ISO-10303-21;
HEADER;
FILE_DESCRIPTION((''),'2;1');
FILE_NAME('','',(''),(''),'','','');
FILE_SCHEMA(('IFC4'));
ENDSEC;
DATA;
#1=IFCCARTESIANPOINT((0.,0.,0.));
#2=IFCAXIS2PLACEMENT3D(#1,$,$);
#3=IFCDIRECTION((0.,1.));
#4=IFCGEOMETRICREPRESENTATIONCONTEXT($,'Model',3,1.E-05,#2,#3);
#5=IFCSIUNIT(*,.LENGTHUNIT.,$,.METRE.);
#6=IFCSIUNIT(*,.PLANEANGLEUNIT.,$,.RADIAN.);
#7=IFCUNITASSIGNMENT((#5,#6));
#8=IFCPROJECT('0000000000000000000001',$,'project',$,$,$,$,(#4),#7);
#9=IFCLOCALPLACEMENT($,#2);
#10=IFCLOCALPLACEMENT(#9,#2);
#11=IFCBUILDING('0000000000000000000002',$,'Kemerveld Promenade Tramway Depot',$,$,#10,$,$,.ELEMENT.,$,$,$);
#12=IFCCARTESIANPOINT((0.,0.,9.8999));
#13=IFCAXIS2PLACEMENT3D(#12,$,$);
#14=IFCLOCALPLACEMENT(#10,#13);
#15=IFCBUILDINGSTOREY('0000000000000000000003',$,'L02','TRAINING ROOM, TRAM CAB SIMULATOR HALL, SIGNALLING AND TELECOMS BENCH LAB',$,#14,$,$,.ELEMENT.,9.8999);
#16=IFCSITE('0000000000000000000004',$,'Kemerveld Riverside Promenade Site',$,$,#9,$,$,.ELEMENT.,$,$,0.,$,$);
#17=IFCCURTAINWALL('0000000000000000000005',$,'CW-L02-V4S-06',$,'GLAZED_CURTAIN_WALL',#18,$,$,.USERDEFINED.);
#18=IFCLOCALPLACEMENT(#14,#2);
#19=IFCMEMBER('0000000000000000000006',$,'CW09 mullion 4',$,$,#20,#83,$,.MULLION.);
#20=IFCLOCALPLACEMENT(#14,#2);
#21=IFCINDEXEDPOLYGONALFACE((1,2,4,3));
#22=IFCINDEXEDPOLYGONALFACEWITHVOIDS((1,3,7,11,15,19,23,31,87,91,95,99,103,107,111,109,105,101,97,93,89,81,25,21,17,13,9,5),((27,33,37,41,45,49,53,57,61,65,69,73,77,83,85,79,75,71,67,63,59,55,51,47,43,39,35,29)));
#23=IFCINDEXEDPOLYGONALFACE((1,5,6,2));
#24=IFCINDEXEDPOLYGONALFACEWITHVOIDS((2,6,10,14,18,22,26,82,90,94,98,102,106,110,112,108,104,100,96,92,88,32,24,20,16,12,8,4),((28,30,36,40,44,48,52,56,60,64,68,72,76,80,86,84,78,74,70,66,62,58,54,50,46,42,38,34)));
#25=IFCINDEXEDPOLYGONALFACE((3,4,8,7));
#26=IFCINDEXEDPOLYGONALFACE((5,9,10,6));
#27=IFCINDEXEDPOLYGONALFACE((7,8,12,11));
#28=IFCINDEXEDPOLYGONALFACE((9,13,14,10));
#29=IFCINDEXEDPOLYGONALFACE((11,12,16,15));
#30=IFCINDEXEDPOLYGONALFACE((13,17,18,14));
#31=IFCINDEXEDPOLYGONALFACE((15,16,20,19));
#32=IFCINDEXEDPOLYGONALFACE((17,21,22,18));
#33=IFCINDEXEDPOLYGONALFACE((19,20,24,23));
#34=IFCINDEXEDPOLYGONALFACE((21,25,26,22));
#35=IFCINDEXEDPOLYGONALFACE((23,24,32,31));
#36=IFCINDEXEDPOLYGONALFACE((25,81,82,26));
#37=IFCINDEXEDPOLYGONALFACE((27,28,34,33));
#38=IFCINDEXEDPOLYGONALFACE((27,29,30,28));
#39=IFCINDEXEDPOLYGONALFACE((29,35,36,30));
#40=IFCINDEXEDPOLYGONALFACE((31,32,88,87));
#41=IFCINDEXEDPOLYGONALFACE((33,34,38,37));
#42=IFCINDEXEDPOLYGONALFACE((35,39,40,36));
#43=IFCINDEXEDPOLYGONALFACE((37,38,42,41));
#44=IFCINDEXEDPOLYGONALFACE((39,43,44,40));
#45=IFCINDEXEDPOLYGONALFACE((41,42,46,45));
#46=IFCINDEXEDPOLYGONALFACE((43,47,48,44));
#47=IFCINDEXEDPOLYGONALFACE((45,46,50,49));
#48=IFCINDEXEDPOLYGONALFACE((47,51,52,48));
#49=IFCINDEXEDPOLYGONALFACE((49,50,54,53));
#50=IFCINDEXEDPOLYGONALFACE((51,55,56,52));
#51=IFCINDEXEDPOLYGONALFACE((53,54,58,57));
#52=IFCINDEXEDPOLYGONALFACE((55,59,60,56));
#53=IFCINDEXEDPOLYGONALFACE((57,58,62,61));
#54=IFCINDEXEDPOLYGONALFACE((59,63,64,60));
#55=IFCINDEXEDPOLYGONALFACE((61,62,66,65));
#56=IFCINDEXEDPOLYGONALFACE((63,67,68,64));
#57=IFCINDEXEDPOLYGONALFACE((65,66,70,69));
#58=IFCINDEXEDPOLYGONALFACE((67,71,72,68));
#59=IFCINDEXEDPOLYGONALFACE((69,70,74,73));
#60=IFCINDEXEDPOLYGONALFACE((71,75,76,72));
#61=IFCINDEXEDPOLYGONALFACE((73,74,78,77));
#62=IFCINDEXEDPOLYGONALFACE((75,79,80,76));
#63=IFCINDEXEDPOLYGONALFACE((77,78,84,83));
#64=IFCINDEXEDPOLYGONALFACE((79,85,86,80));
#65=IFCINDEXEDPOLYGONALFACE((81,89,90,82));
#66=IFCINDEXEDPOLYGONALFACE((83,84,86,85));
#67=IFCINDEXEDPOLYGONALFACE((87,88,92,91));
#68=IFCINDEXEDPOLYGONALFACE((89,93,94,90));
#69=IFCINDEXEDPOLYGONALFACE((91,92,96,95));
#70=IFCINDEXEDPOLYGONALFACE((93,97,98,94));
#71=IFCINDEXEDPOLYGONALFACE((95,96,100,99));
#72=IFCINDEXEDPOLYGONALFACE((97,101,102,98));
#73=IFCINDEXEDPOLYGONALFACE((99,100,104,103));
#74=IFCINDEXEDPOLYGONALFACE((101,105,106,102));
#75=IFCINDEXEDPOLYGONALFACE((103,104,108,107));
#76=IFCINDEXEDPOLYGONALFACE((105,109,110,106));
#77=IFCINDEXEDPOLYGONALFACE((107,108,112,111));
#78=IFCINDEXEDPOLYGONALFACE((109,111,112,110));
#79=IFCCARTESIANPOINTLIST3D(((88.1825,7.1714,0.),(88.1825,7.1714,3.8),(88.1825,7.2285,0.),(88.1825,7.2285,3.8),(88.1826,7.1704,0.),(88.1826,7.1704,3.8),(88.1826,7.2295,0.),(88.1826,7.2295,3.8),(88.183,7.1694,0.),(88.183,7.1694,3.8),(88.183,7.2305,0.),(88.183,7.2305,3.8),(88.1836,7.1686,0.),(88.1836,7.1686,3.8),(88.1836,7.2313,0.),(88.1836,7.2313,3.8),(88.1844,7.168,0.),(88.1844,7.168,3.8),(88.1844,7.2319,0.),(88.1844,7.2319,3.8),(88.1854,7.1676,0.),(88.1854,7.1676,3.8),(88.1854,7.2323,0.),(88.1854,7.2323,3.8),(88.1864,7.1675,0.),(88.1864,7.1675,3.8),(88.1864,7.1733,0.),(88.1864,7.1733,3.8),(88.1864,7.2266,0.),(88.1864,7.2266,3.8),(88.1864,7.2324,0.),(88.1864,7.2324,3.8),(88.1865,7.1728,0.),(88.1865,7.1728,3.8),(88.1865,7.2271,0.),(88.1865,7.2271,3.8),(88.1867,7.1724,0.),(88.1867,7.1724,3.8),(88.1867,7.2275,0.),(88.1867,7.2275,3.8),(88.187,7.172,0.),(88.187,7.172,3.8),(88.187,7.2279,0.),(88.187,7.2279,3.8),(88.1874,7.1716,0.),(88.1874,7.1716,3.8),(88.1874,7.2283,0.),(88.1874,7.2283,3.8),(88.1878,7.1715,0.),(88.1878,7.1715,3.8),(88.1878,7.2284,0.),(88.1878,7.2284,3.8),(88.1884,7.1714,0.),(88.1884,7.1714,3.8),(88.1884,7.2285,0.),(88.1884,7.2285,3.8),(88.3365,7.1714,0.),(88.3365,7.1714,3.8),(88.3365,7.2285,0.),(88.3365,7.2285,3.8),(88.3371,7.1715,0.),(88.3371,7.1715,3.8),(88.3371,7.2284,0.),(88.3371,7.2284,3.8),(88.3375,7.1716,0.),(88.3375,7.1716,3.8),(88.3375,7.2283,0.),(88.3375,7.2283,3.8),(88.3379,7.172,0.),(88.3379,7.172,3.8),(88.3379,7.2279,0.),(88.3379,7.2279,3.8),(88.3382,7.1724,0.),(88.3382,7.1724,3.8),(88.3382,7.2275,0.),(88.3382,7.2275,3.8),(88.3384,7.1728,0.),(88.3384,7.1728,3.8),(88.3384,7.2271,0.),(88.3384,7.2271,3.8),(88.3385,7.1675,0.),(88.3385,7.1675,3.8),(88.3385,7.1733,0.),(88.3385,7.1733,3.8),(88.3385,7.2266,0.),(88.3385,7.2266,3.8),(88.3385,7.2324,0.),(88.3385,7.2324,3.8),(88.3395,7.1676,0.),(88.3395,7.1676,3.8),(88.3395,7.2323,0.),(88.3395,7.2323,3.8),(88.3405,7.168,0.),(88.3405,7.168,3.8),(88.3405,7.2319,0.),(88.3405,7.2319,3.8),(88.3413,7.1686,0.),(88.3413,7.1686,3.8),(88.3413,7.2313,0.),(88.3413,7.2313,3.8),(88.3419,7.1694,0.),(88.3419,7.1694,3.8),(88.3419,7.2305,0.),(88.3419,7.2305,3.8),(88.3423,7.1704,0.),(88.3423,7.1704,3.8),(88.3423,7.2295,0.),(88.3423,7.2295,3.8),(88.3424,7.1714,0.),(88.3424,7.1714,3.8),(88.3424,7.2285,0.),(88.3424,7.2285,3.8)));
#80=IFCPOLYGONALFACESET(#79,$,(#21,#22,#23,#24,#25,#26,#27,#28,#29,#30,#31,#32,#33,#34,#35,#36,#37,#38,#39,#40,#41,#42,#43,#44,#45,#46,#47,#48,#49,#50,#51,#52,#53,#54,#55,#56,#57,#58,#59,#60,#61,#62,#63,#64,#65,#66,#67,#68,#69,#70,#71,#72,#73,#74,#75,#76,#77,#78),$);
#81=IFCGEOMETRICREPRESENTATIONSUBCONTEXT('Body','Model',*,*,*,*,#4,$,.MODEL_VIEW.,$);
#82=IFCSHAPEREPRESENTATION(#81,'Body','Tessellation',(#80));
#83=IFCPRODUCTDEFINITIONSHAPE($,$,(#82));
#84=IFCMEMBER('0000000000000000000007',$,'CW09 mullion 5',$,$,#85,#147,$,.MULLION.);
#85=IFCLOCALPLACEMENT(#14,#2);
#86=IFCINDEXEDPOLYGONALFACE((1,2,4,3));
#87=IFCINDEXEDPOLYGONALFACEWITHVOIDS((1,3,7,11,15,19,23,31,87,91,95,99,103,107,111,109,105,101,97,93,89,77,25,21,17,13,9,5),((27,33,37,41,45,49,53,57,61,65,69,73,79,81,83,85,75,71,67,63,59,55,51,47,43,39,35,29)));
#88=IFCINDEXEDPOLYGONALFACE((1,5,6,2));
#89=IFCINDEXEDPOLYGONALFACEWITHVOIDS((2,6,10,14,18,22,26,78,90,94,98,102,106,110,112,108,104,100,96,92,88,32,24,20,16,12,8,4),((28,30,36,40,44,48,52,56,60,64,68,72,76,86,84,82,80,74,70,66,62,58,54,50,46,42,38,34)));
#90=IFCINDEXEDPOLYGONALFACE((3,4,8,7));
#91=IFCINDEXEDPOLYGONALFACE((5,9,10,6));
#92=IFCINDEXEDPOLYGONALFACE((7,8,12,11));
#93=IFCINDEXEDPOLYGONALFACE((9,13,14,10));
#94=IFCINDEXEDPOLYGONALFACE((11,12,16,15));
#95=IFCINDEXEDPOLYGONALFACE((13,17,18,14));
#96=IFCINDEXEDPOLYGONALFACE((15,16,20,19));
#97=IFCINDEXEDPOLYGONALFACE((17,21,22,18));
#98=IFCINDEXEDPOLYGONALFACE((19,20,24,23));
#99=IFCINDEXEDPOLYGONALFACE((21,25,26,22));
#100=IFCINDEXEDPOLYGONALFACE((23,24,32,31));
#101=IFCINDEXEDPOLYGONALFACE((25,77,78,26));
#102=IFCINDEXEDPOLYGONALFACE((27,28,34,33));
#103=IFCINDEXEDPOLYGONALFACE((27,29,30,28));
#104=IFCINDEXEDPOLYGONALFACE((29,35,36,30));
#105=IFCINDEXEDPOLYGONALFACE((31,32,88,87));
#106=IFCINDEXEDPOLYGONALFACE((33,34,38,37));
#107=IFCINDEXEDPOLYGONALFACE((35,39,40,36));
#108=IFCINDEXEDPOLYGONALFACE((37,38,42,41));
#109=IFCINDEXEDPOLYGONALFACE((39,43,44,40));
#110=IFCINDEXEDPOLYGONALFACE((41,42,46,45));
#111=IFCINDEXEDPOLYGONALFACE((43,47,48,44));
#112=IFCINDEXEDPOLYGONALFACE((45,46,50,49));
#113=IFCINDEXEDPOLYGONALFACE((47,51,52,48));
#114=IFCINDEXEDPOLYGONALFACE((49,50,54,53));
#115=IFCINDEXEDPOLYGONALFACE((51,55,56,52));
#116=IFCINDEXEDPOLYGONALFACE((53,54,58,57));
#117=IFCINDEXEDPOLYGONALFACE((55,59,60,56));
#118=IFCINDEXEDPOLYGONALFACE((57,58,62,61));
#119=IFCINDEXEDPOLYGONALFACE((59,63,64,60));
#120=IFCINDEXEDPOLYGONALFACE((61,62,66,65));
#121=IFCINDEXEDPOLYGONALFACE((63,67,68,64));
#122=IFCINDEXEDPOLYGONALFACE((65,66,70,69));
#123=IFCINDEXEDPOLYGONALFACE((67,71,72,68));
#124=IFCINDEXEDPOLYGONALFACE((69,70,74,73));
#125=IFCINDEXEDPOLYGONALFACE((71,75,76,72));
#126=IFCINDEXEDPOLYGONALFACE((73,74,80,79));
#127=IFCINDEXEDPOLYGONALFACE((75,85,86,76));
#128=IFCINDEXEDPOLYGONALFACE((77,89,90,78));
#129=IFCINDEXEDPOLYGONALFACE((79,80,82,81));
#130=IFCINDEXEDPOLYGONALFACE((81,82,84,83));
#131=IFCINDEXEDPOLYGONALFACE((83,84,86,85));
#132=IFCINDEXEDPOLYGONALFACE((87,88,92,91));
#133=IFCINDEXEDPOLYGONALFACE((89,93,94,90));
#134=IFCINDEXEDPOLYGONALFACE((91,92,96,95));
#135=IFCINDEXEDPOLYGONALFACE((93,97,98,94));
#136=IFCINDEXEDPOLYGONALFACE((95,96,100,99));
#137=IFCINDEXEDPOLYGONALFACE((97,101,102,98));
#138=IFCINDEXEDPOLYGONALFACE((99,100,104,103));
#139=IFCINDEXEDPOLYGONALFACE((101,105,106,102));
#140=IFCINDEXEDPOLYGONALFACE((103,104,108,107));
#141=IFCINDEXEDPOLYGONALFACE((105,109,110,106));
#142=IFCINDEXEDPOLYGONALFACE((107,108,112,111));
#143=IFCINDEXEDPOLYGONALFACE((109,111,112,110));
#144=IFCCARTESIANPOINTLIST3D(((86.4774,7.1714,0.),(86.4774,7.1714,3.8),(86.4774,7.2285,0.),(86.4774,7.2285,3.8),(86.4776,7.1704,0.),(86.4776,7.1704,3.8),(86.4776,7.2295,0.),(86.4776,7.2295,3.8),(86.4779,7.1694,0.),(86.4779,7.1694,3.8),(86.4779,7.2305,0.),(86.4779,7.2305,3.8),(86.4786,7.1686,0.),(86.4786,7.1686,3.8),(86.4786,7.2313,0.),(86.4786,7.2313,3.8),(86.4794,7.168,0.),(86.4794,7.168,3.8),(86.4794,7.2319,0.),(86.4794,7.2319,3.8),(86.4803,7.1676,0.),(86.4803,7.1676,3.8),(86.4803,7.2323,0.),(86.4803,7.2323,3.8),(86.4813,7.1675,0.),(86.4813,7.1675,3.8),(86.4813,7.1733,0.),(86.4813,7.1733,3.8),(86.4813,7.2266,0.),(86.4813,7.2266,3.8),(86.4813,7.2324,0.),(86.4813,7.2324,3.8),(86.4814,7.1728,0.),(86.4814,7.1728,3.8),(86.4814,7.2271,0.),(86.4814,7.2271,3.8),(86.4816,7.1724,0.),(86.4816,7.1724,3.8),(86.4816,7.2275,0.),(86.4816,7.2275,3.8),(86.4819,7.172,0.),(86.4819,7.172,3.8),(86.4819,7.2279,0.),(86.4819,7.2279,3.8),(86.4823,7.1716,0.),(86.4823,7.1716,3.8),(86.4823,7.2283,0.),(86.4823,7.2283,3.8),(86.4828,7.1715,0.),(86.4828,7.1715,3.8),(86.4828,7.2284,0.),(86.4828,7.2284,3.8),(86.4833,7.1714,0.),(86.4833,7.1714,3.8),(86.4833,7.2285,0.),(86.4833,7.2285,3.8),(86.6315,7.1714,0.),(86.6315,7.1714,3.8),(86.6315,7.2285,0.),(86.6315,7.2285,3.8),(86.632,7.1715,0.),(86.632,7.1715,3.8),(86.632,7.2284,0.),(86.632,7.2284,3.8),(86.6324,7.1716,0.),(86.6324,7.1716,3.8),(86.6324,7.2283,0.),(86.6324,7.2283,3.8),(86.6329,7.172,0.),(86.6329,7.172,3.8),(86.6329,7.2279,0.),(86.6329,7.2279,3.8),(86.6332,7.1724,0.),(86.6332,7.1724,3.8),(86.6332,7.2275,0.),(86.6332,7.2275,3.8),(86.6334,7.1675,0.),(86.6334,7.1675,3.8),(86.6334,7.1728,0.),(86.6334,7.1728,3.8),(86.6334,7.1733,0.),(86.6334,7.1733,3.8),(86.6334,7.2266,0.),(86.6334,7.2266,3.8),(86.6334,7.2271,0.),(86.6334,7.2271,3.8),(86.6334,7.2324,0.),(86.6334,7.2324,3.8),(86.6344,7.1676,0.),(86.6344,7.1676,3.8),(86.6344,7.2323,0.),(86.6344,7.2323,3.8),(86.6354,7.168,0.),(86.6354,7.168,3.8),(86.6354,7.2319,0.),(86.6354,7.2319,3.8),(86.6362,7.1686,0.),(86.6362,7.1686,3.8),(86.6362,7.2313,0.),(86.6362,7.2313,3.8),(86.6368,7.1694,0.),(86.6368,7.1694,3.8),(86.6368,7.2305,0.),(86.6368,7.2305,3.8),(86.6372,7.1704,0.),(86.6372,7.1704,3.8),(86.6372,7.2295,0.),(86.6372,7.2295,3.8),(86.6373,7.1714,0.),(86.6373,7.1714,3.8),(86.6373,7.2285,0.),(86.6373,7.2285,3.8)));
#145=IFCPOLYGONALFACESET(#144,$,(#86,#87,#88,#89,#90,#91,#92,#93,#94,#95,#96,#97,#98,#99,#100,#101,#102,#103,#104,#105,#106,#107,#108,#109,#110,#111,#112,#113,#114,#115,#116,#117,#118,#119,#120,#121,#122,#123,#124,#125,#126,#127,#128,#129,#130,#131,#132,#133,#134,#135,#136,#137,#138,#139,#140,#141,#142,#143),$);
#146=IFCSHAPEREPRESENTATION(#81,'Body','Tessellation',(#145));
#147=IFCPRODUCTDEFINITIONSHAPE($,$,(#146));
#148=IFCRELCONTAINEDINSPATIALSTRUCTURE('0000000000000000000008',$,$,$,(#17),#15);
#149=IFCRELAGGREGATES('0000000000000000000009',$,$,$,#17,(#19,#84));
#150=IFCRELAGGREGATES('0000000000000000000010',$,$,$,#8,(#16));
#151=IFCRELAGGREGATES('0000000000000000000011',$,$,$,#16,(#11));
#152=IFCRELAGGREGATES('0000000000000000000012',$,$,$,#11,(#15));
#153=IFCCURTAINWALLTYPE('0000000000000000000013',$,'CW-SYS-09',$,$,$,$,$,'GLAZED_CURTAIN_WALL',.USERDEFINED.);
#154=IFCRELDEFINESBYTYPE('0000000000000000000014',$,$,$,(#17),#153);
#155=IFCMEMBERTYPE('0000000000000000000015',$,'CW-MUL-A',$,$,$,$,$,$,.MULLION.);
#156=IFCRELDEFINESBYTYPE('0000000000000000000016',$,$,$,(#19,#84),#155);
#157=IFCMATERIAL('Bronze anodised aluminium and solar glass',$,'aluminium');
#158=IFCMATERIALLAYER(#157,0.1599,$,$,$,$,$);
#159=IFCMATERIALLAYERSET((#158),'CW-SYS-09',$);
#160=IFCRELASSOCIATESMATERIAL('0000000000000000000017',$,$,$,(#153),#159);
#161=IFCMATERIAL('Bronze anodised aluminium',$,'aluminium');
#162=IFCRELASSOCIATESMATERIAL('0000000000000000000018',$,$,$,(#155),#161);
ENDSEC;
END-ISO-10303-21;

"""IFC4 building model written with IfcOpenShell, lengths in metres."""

from ifc_helpers import new_model, si_unit, direction, frame, origin, origin_2d, place, context, subcontext, project, spatial, hollow_rectangle, extrude, material, layer, layer_set, material_profile, profile_set, type_object, element, aggregate, save


model = new_model("IFC4")

# Units and contexts
model_context = context("Model", 3, precision=1e-05, world=origin(), true_north=direction((0.0, 1.0)))
body_context = subcontext(model_context, "Body", "Model", "MODEL_VIEW")
ifc_project = project(units=[si_unit("LENGTHUNIT", "METRE"), si_unit("PLANEANGLEUNIT", "RADIAN")], contexts=[model_context])

# Site, building, storey
site_placement = place(None, origin())
site = spatial("IfcSite", under=ifc_project, at=site_placement, Name="Kemerveld Riverside Promenade Site", CompositionType="ELEMENT", RefElevation=0.0)
building_placement = place(site_placement, origin())
building = spatial("IfcBuilding", under=site, at=building_placement, Name="Kemerveld Promenade Tramway Depot", CompositionType="ELEMENT")
storey_placement = place(building_placement, frame((0.0, 0.0, 9.8999)))
storey = spatial("IfcBuildingStorey", under=building, at=storey_placement, Name="L02", Description="TRAINING ROOM, TRAM CAB SIMULATOR HALL, SIGNALLING AND TELECOMS BENCH LAB", CompositionType="ELEMENT", Elevation=9.8999)

# Curtain wall, members
ifc_material_1 = material(Name="Bronze anodised aluminium and solar glass", Category="aluminium")
ifc_layer_1 = layer(ifc_material_1, 0.1599)
ifc_layer_set_1 = layer_set([ifc_layer_1], Name="CW-SYS-09")
curtain_wall_type = type_object("IfcCurtainWallType", Name="CW-SYS-09", ElementType="GLAZED_CURTAIN_WALL", PredefinedType="USERDEFINED", material=ifc_layer_set_1)
curtain_wall_placement = place(storey_placement, origin())
curtain_wall = element("IfcCurtainWall", 1, at=curtain_wall_placement, inside=storey, type_object=curtain_wall_type, Name="CW-L02-V4S-06", ObjectType="GLAZED_CURTAIN_WALL", PredefinedType="USERDEFINED")
ifc_material_2 = material(Name="Bronze anodised aluminium", Category="aluminium")
ifc_material_profile_1 = material_profile(ifc_material_2, hollow_rectangle(XDim=0.0649, YDim=0.1599, WallThickness=0.0039, InnerFilletRadius=0.002, OuterFilletRadius=0.0039, at=origin_2d()), Name="CW-MUL-160x65")
ifc_profile_set_1 = profile_set([ifc_material_profile_1], Name="Bronze anodised aluminium")
member_type_1 = type_object("IfcMemberType", Name="CW-MUL-A", PredefinedType="MULLION", material=ifc_profile_set_1)
member_1_placement = place(storey_placement, frame((88.2625, 7.2, 0.0), z_axis=(0.0, 0.0, 1.0), x_axis=(0.0, -1.0, 0.0)))
member_1 = element("IfcMember", 2, at=member_1_placement, type_object=member_type_1, Name="CW09 mullion 4", PredefinedType="MULLION", context=body_context, shape_type="SweptSolid", body=[
    extrude(hollow_rectangle(XDim=0.0649, YDim=0.1599, WallThickness=0.0039, InnerFilletRadius=0.002, OuterFilletRadius=0.0039, at=origin_2d()), origin(), (0.0, 0.0, 1.0), 3.8),
])
member_2_placement = place(storey_placement, frame((86.5574, 7.2, 0.0), z_axis=(0.0, 0.0, 1.0), x_axis=(0.0, -1.0, 0.0)))
member_2 = element("IfcMember", 3, at=member_2_placement, type_object=member_type_1, Name="CW09 mullion 5", PredefinedType="MULLION", context=body_context, shape_type="SweptSolid", body=[
    extrude(hollow_rectangle(XDim=0.0649, YDim=0.1599, WallThickness=0.0039, InnerFilletRadius=0.002, OuterFilletRadius=0.0039, at=origin_2d()), origin(), (0.0, 0.0, 1.0), 3.8),
])

aggregate(curtain_wall, [member_1, member_2])

save(model, "model.ifc")
